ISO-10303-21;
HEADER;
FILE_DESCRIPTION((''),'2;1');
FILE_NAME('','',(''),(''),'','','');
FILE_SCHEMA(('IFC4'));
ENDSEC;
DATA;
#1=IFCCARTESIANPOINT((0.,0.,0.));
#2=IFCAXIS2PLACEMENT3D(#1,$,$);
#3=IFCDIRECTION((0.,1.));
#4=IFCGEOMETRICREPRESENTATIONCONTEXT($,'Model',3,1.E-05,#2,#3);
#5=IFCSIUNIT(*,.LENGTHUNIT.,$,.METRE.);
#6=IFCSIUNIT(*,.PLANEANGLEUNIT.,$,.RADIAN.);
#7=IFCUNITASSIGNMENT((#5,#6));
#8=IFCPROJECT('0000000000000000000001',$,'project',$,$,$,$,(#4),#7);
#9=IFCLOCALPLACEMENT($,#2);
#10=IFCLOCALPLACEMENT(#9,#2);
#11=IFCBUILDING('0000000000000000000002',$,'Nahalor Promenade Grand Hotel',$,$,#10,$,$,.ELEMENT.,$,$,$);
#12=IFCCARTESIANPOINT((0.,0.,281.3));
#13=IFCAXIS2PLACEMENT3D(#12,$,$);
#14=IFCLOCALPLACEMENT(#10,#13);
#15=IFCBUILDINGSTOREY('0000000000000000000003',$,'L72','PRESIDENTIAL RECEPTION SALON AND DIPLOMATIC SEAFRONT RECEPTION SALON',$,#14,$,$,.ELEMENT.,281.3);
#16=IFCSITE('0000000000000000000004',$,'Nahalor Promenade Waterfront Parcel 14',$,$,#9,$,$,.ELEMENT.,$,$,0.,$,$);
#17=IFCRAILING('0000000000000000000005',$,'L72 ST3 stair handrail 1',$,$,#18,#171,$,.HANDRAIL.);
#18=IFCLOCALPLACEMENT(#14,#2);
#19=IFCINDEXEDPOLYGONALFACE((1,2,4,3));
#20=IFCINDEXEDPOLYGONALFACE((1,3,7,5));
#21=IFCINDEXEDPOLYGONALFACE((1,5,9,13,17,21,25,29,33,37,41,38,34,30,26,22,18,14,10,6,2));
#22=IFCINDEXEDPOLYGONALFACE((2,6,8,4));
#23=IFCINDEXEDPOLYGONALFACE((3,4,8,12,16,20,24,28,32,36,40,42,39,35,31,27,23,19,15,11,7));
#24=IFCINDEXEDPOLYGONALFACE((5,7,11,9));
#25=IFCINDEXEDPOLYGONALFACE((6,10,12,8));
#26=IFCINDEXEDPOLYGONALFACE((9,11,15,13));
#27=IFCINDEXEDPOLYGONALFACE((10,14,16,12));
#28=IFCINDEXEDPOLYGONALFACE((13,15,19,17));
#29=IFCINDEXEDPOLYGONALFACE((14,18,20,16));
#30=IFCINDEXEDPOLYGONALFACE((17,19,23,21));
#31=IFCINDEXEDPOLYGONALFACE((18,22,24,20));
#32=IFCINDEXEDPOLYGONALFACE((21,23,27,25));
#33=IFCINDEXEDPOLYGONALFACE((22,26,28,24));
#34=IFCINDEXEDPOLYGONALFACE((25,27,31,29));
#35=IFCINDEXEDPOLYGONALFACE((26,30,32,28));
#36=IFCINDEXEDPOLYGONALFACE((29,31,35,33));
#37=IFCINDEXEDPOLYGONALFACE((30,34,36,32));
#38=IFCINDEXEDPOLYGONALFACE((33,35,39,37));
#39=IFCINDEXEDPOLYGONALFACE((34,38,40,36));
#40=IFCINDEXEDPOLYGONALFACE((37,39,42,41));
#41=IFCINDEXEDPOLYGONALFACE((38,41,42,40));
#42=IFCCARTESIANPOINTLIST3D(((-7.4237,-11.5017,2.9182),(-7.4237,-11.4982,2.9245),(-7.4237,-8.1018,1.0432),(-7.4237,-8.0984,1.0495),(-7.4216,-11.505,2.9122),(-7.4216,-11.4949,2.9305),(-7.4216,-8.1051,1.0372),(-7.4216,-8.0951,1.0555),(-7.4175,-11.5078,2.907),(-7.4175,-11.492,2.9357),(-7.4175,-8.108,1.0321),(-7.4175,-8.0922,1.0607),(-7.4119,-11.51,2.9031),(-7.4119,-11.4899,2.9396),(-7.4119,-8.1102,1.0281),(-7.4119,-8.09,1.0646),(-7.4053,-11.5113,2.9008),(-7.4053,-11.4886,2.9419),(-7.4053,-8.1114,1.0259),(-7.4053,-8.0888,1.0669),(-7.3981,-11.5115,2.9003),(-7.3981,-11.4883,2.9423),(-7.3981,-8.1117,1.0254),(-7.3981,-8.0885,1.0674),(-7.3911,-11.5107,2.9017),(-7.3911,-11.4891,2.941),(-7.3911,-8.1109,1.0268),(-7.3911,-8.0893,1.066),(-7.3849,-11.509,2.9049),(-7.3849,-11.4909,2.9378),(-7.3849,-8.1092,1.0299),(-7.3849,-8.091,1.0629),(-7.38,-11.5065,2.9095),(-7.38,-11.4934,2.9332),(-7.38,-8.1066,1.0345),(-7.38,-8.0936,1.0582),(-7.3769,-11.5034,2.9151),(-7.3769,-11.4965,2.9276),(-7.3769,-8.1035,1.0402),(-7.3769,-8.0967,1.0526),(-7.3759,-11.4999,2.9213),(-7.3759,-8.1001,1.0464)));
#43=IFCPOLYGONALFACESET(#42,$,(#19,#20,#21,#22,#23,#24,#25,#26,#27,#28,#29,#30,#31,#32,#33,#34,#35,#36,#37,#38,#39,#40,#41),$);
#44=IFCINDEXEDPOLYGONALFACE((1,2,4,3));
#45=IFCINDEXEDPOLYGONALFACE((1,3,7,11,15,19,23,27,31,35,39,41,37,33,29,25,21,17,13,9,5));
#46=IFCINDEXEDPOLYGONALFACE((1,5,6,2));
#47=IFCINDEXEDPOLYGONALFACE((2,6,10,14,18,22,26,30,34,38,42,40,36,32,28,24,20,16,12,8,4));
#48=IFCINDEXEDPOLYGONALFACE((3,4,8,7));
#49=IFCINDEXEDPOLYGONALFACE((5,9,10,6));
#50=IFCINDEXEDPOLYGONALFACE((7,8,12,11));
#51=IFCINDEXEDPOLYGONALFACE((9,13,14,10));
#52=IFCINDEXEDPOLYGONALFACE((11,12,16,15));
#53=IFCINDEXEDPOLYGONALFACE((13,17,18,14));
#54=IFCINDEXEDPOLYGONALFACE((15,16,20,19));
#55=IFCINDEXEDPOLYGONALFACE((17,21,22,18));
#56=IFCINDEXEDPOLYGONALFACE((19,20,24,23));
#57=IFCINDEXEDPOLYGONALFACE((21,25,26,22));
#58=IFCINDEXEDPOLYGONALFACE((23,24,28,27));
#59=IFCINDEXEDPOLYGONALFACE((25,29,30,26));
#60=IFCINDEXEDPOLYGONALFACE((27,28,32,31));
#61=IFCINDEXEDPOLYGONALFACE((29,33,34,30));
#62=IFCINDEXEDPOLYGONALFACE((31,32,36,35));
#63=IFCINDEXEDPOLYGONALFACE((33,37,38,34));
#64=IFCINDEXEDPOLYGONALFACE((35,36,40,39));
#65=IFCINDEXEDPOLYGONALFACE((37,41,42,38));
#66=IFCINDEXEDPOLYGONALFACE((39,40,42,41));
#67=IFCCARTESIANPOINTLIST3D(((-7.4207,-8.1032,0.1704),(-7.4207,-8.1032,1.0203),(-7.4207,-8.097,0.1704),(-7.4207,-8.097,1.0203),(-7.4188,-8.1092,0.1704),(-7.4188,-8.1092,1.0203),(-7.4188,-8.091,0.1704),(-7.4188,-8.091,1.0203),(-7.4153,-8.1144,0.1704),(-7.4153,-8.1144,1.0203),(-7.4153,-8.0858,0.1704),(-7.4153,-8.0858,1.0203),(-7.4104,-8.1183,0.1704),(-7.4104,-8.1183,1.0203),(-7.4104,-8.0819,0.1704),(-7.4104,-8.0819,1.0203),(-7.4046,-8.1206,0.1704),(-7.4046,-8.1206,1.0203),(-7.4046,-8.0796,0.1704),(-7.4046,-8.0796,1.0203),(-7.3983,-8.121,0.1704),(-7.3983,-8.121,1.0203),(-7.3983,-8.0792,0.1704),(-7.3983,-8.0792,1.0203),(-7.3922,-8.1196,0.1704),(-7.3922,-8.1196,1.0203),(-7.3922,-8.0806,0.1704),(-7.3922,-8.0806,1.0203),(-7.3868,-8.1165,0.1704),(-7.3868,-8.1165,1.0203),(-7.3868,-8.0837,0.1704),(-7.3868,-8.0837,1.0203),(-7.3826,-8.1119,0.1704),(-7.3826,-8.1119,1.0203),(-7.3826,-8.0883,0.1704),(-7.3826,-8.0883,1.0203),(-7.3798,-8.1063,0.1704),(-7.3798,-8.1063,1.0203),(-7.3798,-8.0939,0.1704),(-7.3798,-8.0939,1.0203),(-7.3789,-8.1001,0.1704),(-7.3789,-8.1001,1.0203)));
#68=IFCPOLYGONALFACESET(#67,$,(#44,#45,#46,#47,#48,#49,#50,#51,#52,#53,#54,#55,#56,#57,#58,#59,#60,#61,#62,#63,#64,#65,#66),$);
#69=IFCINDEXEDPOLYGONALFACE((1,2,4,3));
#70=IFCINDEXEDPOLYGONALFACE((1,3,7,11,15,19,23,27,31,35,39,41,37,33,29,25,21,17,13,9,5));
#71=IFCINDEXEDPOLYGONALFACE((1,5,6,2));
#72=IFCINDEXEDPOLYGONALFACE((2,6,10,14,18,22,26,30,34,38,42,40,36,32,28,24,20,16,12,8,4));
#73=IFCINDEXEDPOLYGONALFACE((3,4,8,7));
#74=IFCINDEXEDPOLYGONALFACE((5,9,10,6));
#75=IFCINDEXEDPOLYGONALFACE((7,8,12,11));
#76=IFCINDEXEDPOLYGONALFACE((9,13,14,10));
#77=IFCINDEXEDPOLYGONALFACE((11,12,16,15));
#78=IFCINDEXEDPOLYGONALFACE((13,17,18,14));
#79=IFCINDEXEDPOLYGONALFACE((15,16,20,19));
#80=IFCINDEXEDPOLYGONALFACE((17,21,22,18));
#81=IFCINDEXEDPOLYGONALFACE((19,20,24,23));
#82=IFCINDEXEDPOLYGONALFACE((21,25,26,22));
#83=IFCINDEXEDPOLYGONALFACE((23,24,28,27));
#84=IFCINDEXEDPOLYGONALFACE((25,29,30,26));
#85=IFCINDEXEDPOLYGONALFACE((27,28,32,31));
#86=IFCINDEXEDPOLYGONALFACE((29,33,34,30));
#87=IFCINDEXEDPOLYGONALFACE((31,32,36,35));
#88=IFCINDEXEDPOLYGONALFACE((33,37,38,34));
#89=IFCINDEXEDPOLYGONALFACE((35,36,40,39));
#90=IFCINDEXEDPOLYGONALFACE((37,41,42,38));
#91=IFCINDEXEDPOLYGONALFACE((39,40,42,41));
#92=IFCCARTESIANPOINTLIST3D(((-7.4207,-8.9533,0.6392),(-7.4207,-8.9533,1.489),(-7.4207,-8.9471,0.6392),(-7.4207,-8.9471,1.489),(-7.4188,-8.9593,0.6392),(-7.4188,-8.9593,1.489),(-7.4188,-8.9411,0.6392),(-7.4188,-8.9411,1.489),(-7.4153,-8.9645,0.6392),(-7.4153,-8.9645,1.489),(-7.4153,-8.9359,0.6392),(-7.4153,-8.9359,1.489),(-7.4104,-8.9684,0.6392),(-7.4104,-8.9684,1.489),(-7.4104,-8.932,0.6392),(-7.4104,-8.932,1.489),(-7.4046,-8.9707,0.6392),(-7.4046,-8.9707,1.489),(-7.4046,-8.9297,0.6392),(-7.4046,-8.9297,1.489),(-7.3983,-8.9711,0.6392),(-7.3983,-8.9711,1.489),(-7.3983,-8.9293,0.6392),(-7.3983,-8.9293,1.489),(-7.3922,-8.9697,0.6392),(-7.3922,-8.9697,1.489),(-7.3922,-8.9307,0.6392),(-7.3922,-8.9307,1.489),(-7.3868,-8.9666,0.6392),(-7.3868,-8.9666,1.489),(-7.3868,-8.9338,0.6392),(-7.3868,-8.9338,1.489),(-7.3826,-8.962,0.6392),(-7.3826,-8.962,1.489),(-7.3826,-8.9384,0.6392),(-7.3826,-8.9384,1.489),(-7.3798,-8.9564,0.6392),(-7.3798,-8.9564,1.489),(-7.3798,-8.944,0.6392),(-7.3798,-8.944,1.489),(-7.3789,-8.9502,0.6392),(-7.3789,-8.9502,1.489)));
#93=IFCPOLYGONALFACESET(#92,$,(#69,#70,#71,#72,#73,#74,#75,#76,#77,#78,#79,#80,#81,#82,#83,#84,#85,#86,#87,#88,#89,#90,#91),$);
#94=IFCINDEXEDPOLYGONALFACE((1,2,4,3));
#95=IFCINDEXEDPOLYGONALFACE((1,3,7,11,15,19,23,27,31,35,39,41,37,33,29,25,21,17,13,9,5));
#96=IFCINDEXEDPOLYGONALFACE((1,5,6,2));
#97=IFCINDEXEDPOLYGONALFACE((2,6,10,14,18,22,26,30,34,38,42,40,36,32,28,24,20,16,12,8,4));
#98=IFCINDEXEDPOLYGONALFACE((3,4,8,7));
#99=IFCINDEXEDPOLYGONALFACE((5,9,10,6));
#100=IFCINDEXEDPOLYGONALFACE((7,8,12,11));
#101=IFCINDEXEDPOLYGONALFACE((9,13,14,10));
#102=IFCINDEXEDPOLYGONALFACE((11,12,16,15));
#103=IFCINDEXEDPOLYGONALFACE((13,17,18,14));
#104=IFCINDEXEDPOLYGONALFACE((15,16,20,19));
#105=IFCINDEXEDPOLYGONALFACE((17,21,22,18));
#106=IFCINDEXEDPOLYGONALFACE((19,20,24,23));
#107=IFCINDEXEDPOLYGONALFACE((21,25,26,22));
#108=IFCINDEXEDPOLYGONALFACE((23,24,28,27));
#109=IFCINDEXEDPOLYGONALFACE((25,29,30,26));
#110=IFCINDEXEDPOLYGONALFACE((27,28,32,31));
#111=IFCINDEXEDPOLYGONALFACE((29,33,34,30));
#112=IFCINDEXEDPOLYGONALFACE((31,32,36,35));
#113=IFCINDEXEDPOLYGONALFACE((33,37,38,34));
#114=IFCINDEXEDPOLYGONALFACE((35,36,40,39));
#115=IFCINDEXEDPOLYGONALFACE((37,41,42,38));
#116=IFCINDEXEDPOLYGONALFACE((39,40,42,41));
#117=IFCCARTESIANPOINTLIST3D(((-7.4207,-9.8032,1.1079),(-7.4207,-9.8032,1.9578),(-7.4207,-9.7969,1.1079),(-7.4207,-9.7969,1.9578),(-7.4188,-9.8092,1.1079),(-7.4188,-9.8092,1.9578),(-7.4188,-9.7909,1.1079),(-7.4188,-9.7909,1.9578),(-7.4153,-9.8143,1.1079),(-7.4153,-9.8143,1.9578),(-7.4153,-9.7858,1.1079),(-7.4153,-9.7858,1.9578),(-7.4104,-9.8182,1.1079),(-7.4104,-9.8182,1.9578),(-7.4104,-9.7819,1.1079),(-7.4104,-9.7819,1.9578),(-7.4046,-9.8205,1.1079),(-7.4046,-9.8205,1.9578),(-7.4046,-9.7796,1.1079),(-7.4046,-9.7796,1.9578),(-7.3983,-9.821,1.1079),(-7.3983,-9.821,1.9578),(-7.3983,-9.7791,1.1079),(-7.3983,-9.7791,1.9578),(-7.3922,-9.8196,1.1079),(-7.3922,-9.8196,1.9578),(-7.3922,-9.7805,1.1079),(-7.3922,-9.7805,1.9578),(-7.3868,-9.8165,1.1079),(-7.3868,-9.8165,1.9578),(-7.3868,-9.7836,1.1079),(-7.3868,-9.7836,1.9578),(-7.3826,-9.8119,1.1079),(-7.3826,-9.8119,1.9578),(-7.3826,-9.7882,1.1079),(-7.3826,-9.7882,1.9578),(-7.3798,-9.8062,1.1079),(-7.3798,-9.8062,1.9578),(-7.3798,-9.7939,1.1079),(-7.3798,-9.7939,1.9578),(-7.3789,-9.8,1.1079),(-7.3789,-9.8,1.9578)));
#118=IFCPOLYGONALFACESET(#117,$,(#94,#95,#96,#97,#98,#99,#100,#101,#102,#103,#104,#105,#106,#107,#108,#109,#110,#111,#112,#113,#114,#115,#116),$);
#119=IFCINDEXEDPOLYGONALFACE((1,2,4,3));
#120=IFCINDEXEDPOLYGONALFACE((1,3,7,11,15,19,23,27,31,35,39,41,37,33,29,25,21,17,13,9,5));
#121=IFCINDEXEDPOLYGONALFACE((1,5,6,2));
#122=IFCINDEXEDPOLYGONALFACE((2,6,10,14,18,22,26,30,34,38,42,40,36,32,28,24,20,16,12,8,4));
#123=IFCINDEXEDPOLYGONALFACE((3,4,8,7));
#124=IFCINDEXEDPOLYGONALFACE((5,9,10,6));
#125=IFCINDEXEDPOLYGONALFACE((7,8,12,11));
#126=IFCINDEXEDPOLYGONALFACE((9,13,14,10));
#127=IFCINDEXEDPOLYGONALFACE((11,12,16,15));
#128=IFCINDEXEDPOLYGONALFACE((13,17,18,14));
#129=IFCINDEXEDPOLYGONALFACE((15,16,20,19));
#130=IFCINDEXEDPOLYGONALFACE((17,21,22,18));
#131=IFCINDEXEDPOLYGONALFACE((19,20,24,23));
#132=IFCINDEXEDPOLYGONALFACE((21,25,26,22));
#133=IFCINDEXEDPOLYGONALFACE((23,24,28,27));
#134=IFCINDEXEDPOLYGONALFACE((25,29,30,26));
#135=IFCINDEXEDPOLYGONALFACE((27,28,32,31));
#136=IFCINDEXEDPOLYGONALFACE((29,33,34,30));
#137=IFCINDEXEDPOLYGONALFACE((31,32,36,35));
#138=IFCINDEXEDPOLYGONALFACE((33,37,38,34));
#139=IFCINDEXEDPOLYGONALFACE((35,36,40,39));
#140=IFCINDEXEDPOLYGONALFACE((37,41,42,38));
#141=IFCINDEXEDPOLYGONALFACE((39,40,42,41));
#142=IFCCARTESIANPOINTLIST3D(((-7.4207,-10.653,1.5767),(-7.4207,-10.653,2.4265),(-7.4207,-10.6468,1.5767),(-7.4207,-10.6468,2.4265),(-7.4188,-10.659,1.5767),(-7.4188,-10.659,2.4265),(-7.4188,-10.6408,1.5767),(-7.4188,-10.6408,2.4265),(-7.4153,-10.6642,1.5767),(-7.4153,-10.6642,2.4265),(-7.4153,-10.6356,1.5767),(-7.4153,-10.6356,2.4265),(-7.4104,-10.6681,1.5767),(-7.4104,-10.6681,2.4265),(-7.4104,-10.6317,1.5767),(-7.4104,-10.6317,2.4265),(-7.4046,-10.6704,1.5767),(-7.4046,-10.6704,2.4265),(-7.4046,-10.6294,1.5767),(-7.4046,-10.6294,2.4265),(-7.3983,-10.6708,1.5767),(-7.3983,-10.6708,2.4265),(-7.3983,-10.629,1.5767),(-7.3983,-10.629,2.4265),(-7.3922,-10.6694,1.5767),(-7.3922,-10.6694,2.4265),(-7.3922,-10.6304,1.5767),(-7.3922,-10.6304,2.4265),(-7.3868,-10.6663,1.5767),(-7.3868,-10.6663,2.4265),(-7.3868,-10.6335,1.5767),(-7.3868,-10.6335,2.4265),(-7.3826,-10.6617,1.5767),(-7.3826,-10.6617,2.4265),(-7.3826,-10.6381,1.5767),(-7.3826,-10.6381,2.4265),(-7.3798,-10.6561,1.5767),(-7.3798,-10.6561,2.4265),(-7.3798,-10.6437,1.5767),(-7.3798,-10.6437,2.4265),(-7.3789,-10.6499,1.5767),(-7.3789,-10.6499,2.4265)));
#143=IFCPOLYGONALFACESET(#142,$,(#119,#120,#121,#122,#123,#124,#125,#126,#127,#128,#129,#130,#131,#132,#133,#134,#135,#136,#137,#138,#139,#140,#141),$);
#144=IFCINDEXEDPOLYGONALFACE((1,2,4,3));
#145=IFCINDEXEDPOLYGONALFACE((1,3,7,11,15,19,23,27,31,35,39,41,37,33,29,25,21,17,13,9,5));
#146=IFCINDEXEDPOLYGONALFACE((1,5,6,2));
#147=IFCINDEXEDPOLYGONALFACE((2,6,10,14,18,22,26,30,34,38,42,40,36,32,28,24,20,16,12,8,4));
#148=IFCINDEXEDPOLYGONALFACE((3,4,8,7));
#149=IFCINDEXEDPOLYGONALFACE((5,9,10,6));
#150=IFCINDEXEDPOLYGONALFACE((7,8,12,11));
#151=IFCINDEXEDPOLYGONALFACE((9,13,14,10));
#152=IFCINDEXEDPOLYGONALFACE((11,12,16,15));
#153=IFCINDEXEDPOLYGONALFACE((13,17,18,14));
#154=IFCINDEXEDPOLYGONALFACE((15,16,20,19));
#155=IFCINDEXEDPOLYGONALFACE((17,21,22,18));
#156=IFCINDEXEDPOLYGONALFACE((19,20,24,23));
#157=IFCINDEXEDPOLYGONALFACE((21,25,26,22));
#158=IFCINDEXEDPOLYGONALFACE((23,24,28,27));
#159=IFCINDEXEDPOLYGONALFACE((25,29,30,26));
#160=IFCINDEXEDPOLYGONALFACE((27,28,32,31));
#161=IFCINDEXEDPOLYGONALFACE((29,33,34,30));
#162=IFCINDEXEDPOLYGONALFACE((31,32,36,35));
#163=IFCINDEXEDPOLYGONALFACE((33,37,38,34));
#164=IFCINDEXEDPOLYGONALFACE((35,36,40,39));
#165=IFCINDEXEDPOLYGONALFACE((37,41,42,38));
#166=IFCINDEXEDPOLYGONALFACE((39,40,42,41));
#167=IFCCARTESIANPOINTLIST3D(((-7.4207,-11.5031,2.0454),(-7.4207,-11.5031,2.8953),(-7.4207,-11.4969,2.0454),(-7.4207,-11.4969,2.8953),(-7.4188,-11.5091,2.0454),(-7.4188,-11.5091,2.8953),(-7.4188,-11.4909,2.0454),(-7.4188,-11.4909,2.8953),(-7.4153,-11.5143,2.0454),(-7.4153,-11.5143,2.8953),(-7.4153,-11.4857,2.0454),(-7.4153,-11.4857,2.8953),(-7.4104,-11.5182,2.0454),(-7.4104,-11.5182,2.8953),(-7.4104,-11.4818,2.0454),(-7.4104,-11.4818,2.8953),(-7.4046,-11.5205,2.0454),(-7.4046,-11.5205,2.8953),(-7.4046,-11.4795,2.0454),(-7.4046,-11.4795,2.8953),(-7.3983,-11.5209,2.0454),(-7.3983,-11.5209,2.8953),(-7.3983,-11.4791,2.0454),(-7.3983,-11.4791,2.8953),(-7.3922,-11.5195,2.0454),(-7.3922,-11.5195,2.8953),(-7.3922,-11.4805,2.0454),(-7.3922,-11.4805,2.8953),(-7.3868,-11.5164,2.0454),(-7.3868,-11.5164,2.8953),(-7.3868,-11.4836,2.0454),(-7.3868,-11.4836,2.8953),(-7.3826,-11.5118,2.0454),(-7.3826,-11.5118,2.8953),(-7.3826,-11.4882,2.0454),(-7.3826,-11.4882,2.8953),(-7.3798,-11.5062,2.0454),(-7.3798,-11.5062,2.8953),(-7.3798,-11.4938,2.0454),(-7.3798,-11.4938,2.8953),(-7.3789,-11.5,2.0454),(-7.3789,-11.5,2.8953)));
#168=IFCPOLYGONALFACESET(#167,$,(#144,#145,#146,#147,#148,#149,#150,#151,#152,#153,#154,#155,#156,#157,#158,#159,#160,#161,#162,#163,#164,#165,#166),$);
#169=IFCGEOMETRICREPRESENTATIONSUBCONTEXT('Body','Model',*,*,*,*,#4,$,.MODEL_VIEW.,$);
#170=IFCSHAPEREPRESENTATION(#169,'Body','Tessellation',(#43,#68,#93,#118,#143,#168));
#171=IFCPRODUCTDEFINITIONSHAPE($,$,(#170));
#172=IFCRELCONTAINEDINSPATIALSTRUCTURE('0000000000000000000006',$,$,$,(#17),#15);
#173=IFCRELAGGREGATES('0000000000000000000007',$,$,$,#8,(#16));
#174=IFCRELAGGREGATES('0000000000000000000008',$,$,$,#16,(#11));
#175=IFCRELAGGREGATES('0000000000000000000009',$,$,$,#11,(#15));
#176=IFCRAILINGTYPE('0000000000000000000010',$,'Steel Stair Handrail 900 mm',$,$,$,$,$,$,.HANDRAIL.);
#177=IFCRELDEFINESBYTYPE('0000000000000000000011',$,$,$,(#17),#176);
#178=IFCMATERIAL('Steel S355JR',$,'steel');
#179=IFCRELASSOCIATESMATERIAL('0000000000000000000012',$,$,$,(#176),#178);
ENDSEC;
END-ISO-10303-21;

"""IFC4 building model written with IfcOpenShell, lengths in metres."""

from ifc_helpers import new_model, si_unit, direction, frame, origin, origin_2d, place, context, subcontext, project, spatial, circle, extrude, material, type_object, element, save


model = new_model("IFC4")

# Units and contexts
model_context = context("Model", 3, precision=1e-05, world=origin(), true_north=direction((0.0, 1.0)))
body_context = subcontext(model_context, "Body", "Model", "MODEL_VIEW")
ifc_project = project(units=[si_unit("LENGTHUNIT", "METRE"), si_unit("PLANEANGLEUNIT", "RADIAN")], contexts=[model_context])

# Site, building, storey
site_placement = place(None, origin())
site = spatial("IfcSite", under=ifc_project, at=site_placement, Name="Nahalor Promenade Waterfront Parcel 14", CompositionType="ELEMENT", RefElevation=0.0)
building_placement = place(site_placement, origin())
building = spatial("IfcBuilding", under=site, at=building_placement, Name="Nahalor Promenade Grand Hotel", CompositionType="ELEMENT")
storey_placement = place(building_placement, frame((0.0, 0.0, 281.3)))
storey = spatial("IfcBuildingStorey", under=building, at=storey_placement, Name="L72", Description="PRESIDENTIAL RECEPTION SALON AND DIPLOMATIC SEAFRONT RECEPTION SALON", CompositionType="ELEMENT", Elevation=281.3)

# Shared definitions
ifc_material_1 = material(Name="Steel S355JR", Category="steel")

# Railing
railing_type_1 = type_object("IfcRailingType", Name="Steel Stair Handrail 900 mm", PredefinedType="HANDRAIL", material=ifc_material_1)
for number, where, name in (
    (1, (-7.3999, -8.1001, 0.1704), "L72 ST3 stair handrail 1"),
):
    element("IfcRailing", number, at=place(storey_placement, frame(where)), inside=storey, type_object=railing_type_1, Name=name, PredefinedType="HANDRAIL", context=body_context, shape_type="SweptSolid", body=[
        extrude(circle(Radius=0.024, at=origin_2d()), frame((0.0, 0.0, 0.876), z_axis=(0.0, -0.875666, 0.482918), x_axis=(1.0, 0.0, 0.0)), (0.0, 0.0, 1.0), 3.8826),
        extrude(circle(Radius=0.021, at=origin_2d()), origin(), (0.0, 0.0, 1.0), 0.8499),
        extrude(circle(Radius=0.021, at=origin_2d()), frame((0.0, -0.8501, 0.4688)), (0.0, 0.0, 1.0), 0.8499),
        extrude(circle(Radius=0.021, at=origin_2d()), frame((0.0, -1.7, 0.9375)), (0.0, 0.0, 1.0), 0.8499),
        extrude(circle(Radius=0.021, at=origin_2d()), frame((0.0, -2.5498, 1.4062)), (0.0, 0.0, 1.0), 0.8499),
        extrude(circle(Radius=0.021, at=origin_2d()), frame((0.0, -3.3999, 1.875)), (0.0, 0.0, 1.0), 0.8499),
    ])

save(model, "model.ifc")
